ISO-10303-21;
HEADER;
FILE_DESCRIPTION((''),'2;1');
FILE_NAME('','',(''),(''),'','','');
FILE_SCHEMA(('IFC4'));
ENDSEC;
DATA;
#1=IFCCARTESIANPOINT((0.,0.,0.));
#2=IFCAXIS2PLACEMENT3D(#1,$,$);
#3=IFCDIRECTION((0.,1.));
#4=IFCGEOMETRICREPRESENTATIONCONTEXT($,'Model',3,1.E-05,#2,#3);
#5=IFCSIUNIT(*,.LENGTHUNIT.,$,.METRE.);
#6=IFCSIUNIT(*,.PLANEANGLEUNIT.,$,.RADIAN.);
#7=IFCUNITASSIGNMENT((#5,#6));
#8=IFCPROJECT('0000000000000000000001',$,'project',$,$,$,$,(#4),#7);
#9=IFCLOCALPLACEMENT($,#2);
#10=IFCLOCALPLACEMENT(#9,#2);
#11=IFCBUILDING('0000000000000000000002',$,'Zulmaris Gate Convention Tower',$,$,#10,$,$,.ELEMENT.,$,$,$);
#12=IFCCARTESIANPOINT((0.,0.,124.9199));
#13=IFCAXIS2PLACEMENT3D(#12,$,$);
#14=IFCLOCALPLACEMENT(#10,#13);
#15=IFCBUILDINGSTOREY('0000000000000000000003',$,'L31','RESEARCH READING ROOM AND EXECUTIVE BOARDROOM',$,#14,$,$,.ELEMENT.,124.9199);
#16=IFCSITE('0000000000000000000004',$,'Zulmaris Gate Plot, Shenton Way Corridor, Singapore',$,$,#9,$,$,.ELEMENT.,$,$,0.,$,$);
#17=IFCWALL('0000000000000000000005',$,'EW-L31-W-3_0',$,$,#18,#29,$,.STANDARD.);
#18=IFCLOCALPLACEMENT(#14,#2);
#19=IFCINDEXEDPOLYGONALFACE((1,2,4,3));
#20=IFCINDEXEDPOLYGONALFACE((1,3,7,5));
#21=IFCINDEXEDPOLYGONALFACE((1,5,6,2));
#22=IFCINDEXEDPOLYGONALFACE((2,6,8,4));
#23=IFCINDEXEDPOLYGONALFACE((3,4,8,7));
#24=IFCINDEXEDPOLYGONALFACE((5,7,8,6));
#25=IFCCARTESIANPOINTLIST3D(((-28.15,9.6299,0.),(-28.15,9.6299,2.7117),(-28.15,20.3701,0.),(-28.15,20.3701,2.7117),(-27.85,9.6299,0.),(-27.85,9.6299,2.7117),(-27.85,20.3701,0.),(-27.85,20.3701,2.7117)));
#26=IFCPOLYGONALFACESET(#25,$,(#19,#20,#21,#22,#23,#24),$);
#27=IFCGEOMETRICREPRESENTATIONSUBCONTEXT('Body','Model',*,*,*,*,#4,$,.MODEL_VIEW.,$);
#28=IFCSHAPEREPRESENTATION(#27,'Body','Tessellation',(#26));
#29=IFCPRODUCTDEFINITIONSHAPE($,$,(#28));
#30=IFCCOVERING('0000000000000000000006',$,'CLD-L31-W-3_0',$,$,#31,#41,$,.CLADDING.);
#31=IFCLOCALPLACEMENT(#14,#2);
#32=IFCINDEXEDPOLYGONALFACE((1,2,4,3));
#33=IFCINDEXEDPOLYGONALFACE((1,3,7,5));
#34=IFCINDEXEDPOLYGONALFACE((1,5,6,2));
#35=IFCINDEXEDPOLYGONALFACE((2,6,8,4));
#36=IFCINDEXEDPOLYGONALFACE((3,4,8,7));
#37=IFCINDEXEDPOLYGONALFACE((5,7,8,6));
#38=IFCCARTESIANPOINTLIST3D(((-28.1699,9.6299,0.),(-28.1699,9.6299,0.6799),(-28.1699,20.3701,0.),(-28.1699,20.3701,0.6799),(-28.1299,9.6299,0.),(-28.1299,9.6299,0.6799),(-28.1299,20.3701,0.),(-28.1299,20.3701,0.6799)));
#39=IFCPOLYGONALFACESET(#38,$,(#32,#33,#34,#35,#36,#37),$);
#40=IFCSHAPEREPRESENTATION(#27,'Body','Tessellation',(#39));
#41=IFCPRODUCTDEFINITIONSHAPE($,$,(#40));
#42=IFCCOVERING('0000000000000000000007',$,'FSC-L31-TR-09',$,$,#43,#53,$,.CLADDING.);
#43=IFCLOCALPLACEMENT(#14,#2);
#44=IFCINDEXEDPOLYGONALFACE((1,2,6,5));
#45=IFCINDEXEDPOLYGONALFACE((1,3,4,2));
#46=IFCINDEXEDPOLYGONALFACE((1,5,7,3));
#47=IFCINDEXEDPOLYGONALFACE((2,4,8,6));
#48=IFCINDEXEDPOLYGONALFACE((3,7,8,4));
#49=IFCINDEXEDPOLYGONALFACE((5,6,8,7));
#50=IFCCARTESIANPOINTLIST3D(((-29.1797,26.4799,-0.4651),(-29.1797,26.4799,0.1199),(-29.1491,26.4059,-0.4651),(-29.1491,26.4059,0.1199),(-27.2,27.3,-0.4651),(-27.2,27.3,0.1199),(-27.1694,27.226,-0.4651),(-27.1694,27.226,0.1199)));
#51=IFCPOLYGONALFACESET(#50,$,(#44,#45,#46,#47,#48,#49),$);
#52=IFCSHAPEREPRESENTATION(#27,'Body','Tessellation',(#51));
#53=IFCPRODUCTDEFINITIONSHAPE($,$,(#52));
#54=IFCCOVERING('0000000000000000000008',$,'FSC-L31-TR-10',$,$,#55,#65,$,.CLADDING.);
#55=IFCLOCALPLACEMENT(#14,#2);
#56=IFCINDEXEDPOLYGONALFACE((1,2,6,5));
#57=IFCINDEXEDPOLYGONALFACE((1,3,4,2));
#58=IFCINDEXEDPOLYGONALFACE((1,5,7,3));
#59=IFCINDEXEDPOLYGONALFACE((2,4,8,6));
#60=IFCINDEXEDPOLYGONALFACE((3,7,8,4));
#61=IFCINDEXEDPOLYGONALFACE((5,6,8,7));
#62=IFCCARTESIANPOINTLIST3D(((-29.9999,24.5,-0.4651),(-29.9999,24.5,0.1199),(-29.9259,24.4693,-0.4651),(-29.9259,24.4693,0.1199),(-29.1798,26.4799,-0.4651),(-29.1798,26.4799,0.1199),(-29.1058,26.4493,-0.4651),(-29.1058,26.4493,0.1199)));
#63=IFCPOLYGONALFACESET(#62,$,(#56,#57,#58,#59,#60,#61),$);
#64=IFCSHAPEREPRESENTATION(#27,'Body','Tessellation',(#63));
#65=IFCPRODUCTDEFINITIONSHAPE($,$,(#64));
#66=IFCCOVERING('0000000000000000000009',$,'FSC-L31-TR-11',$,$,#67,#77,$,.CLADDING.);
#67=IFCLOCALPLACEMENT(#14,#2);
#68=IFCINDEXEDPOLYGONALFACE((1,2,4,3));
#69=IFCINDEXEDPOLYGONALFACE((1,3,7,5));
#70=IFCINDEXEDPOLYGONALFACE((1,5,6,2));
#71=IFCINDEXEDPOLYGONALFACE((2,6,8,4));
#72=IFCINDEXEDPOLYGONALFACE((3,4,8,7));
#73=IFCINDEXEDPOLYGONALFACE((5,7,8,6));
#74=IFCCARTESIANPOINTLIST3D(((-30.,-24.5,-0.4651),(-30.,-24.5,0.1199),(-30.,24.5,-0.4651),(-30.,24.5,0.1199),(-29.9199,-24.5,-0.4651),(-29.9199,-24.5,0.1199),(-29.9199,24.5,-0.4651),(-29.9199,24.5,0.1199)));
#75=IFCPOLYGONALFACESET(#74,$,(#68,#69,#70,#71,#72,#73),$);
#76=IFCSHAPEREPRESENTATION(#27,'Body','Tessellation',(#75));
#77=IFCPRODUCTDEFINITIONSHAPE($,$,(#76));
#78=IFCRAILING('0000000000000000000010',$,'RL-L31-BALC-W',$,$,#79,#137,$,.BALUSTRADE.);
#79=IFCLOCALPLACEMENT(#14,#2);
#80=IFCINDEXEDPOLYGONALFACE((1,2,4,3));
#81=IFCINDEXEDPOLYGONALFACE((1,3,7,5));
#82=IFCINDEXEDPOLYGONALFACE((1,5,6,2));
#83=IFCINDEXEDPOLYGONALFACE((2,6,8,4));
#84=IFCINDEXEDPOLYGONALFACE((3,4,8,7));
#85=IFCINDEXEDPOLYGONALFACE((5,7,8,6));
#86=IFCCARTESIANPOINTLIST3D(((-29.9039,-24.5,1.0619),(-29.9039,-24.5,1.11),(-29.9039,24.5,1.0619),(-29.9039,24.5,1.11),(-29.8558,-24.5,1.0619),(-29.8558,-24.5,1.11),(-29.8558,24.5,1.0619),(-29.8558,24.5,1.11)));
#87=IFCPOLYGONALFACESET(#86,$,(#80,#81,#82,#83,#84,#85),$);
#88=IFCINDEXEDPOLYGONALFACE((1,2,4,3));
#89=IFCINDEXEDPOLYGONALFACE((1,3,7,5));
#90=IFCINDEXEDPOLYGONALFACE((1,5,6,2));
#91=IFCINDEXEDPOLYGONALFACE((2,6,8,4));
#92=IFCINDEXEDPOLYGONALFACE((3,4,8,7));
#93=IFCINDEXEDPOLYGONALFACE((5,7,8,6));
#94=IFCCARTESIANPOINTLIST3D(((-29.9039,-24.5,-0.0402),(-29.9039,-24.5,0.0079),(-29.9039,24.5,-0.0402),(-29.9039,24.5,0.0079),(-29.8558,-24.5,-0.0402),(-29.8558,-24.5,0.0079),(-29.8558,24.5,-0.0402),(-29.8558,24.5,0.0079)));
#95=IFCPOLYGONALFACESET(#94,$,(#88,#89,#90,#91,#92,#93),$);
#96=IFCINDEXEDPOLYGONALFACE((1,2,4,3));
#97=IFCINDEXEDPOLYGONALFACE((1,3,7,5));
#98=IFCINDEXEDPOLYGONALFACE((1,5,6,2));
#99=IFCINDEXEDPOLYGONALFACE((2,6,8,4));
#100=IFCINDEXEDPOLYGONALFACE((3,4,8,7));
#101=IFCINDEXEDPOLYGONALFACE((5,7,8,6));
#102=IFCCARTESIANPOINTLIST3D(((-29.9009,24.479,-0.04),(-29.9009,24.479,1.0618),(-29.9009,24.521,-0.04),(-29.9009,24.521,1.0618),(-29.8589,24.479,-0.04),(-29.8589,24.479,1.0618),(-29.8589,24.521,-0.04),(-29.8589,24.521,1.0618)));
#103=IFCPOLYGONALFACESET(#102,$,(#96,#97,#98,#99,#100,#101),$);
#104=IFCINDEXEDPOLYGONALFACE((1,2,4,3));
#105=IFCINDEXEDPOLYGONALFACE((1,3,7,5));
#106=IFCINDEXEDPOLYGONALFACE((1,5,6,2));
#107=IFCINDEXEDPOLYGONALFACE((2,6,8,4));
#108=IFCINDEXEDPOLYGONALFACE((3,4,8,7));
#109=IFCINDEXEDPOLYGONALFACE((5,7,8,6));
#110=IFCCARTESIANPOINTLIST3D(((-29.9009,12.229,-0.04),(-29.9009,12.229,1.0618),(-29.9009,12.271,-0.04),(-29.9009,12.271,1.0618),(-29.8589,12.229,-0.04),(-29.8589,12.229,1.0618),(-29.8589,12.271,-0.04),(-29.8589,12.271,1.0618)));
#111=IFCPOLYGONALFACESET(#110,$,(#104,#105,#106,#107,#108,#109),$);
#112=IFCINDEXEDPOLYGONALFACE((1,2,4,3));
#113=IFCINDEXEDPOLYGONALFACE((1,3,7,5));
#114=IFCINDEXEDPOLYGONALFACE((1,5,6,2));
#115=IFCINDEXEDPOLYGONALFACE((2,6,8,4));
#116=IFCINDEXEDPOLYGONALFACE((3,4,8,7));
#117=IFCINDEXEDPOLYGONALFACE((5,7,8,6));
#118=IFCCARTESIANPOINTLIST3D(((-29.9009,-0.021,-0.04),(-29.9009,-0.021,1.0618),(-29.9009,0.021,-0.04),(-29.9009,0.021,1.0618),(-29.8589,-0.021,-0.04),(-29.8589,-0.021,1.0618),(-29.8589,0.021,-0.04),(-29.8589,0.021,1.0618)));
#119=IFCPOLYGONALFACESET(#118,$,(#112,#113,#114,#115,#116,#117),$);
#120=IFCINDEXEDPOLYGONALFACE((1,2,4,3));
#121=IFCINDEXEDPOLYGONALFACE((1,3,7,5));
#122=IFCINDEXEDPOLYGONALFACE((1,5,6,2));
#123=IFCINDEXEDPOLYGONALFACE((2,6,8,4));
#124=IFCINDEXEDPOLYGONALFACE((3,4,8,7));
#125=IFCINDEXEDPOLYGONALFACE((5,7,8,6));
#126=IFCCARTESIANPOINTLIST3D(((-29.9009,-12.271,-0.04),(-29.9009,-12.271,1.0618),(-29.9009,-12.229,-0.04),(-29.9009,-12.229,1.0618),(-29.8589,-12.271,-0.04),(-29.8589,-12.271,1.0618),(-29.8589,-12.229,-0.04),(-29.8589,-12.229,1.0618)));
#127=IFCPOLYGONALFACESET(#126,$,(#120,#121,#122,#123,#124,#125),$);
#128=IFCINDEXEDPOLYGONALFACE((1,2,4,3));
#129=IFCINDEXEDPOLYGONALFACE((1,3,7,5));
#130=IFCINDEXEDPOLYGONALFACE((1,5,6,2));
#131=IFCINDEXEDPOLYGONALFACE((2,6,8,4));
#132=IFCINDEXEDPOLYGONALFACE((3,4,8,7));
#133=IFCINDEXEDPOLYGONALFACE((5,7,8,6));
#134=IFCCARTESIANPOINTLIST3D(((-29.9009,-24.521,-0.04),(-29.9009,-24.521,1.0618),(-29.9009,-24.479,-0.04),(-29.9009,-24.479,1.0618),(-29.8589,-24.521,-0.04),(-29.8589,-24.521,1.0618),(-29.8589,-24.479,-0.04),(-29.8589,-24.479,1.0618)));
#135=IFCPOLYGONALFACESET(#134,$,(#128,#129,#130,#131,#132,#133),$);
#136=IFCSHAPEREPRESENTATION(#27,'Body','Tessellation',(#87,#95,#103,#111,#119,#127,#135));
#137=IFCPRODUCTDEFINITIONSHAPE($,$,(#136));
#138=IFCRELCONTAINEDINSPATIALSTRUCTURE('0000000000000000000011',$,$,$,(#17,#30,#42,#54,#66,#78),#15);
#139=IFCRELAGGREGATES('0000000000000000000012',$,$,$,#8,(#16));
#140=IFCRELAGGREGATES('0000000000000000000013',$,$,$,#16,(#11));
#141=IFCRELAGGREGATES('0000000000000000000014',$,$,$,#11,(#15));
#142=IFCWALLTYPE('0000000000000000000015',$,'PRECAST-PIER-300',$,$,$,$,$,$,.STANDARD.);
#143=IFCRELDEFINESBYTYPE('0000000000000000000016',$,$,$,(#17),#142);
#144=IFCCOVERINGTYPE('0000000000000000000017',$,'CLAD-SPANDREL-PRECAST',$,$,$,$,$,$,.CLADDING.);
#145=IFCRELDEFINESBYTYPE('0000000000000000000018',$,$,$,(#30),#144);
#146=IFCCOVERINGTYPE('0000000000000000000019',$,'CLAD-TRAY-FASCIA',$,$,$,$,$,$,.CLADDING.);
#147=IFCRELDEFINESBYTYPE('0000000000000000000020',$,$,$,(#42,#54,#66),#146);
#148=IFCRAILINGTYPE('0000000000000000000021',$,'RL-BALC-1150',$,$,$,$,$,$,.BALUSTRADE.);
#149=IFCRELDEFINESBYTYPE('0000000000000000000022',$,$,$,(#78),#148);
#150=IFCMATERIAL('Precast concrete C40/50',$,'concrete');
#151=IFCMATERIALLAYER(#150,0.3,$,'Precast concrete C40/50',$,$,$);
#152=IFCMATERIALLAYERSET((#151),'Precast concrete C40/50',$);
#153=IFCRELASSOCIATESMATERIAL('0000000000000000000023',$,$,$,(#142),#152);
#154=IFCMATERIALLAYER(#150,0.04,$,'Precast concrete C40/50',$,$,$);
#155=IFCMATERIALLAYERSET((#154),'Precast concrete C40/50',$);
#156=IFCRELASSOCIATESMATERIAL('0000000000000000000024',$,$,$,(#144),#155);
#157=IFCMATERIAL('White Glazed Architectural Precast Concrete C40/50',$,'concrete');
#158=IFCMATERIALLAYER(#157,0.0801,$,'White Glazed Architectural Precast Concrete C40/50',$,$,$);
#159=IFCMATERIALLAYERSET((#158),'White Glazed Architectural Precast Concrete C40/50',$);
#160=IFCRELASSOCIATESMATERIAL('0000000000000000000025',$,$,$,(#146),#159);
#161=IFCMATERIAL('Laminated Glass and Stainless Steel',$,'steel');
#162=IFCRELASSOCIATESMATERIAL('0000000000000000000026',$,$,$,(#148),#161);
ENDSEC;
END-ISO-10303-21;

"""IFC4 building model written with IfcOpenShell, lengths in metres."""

from ifc_helpers import new_model, si_unit, direction, frame, frame_2d, origin, origin_2d, place, context, subcontext, project, spatial, rectangle, extrude, material, layer, layer_set, type_object, element, save


model = new_model("IFC4")

# Units and contexts
model_context = context("Model", 3, precision=1e-05, world=origin(), true_north=direction((0.0, 1.0)))
body_context = subcontext(model_context, "Body", "Model", "MODEL_VIEW")
ifc_project = project(units=[si_unit("LENGTHUNIT", "METRE"), si_unit("PLANEANGLEUNIT", "RADIAN")], contexts=[model_context])

# Site, building, storey
site_placement = place(None, origin())
site = spatial("IfcSite", under=ifc_project, at=site_placement, Name="Zulmaris Gate Plot, Shenton Way Corridor, Singapore", CompositionType="ELEMENT", RefElevation=0.0)
building_placement = place(site_placement, origin())
building = spatial("IfcBuilding", under=site, at=building_placement, Name="Zulmaris Gate Convention Tower", CompositionType="ELEMENT")
storey_placement = place(building_placement, frame((0.0, 0.0, 124.9199)))
storey = spatial("IfcBuildingStorey", under=building, at=storey_placement, Name="L31", Description="RESEARCH READING ROOM AND EXECUTIVE BOARDROOM", CompositionType="ELEMENT", Elevation=124.9199)

# Shared definitions
ifc_material_1 = material(Name="Precast concrete C40/50", Category="concrete")
ifc_layer_1 = layer(ifc_material_1, 0.3, Name="Precast concrete C40/50")
ifc_layer_set_1 = layer_set([ifc_layer_1], Name="Precast concrete C40/50")
wall_type_1 = type_object("IfcWallType", Name="PRECAST-PIER-300", PredefinedType="STANDARD", material=ifc_layer_set_1)

# Wall
wall_1_placement = place(storey_placement, frame((-28.0, 20.3701, 0.0), z_axis=(0.0, 0.0, 1.0), x_axis=(0.0, -1.0, 0.0)))
element("IfcWall", 1, at=wall_1_placement, inside=storey, type_object=wall_type_1, Name="EW-L31-W-3_0", PredefinedType="STANDARD", context=body_context, shape_type="SweptSolid", body=[
    extrude(rectangle(XDim=10.7402, YDim=0.3, at=frame_2d((5.3701, 0.0))), origin(), (0.0, 0.0, 1.0), 2.7117),
])

# Coverings
ifc_layer_2 = layer(ifc_material_1, 0.04, Name="Precast concrete C40/50")
ifc_layer_set_2 = layer_set([ifc_layer_2], Name="Precast concrete C40/50")
covering_type_1 = type_object("IfcCoveringType", Name="CLAD-SPANDREL-PRECAST", PredefinedType="CLADDING", material=ifc_layer_set_2)
covering_1_placement = place(storey_placement, frame((-28.1499, 20.3701, 0.0), z_axis=(0.0, 0.0, 1.0), x_axis=(0.0, -1.0, 0.0)))
element("IfcCovering", 2, at=covering_1_placement, inside=storey, type_object=covering_type_1, Name="CLD-L31-W-3_0", PredefinedType="CLADDING", context=body_context, shape_type="SweptSolid", body=[
    extrude(rectangle(XDim=10.7402, YDim=0.04, at=frame_2d((5.3701, 0.0))), origin(), (0.0, 0.0, 1.0), 0.6799),
])
ifc_material_2 = material(Name="White Glazed Architectural Precast Concrete C40/50", Category="concrete")
ifc_layer_3 = layer(ifc_material_2, 0.0801, Name="White Glazed Architectural Precast Concrete C40/50")
ifc_layer_set_3 = layer_set([ifc_layer_3], Name="White Glazed Architectural Precast Concrete C40/50")
covering_type_2 = type_object("IfcCoveringType", Name="CLAD-TRAY-FASCIA", PredefinedType="CLADDING", material=ifc_layer_set_3)
covering_2_placement = place(storey_placement, frame((-27.1848, 27.2629, -0.4651), z_axis=(0.0, 0.0, 1.0), x_axis=(-0.923874, -0.382697, 0.0)))
element("IfcCovering", 3, at=covering_2_placement, inside=storey, type_object=covering_type_2, Name="FSC-L31-TR-09", PredefinedType="CLADDING", context=body_context, shape_type="SweptSolid", body=[
    extrude(rectangle(XDim=2.1428, YDim=0.0801, at=frame_2d((1.0713, 0.0))), origin(), (0.0, 0.0, 1.0), 0.585),
])
covering_3_placement = place(storey_placement, frame((-29.1428, 26.4646, -0.4651), z_axis=(0.0, 0.0, 1.0), x_axis=(-0.382657, -0.92389, 0.0)))
element("IfcCovering", 4, at=covering_3_placement, inside=storey, type_object=covering_type_2, Name="FSC-L31-TR-10", PredefinedType="CLADDING", context=body_context, shape_type="SweptSolid", body=[
    extrude(rectangle(XDim=2.1431, YDim=0.0801, at=frame_2d((1.0715, 0.0))), origin(), (0.0, 0.0, 1.0), 0.585),
])
covering_4_placement = place(storey_placement, frame((-29.96, 24.5, -0.4651), z_axis=(0.0, 0.0, 1.0), x_axis=(0.0, -1.0, 0.0)))
element("IfcCovering", 5, at=covering_4_placement, inside=storey, type_object=covering_type_2, Name="FSC-L31-TR-11", PredefinedType="CLADDING", context=body_context, shape_type="SweptSolid", body=[
    extrude(rectangle(XDim=49.0, YDim=0.0801, at=frame_2d((24.5, 0.0))), origin(), (0.0, 0.0, 1.0), 0.585),
])

# Railing
ifc_material_3 = material(Name="Laminated Glass and Stainless Steel", Category="steel")
railing_type = type_object("IfcRailingType", Name="RL-BALC-1150", PredefinedType="BALUSTRADE", material=ifc_material_3)
railing_placement = place(storey_placement, frame((-29.8799, 24.5, -0.04)))
element("IfcRailing", 6, at=railing_placement, inside=storey, type_object=railing_type, Name="RL-L31-BALC-W", PredefinedType="BALUSTRADE", context=body_context, shape_type="SweptSolid", body=[
    extrude(rectangle(XDim=0.0481, YDim=0.0481, at=origin_2d()), frame((0.0, 0.0, 1.126), z_axis=(0.0, -1.0, 0.0), x_axis=(1.0, 0.0, 0.0)), (0.0, 0.0, 1.0), 49.0),
    extrude(rectangle(XDim=0.0481, YDim=0.0481, at=origin_2d()), frame((0.0, 0.0, 0.0239), z_axis=(0.0, -1.0, 0.0), x_axis=(1.0, 0.0, 0.0)), (0.0, 0.0, 1.0), 49.0),
    extrude(rectangle(XDim=0.042, YDim=0.042, at=origin_2d()), origin(), (0.0, 0.0, 1.0), 1.1018),
    extrude(rectangle(XDim=0.042, YDim=0.042, at=origin_2d()), frame((0.0, -12.25, 0.0)), (0.0, 0.0, 1.0), 1.1018),
    extrude(rectangle(XDim=0.042, YDim=0.042, at=origin_2d()), frame((0.0, -24.5, 0.0)), (0.0, 0.0, 1.0), 1.1018),
    extrude(rectangle(XDim=0.042, YDim=0.042, at=origin_2d()), frame((0.0, -36.75, 0.0)), (0.0, 0.0, 1.0), 1.1018),
    extrude(rectangle(XDim=0.042, YDim=0.042, at=origin_2d()), frame((0.0, -49.0, 0.0)), (0.0, 0.0, 1.0), 1.1018),
])

save(model, "model.ifc")
